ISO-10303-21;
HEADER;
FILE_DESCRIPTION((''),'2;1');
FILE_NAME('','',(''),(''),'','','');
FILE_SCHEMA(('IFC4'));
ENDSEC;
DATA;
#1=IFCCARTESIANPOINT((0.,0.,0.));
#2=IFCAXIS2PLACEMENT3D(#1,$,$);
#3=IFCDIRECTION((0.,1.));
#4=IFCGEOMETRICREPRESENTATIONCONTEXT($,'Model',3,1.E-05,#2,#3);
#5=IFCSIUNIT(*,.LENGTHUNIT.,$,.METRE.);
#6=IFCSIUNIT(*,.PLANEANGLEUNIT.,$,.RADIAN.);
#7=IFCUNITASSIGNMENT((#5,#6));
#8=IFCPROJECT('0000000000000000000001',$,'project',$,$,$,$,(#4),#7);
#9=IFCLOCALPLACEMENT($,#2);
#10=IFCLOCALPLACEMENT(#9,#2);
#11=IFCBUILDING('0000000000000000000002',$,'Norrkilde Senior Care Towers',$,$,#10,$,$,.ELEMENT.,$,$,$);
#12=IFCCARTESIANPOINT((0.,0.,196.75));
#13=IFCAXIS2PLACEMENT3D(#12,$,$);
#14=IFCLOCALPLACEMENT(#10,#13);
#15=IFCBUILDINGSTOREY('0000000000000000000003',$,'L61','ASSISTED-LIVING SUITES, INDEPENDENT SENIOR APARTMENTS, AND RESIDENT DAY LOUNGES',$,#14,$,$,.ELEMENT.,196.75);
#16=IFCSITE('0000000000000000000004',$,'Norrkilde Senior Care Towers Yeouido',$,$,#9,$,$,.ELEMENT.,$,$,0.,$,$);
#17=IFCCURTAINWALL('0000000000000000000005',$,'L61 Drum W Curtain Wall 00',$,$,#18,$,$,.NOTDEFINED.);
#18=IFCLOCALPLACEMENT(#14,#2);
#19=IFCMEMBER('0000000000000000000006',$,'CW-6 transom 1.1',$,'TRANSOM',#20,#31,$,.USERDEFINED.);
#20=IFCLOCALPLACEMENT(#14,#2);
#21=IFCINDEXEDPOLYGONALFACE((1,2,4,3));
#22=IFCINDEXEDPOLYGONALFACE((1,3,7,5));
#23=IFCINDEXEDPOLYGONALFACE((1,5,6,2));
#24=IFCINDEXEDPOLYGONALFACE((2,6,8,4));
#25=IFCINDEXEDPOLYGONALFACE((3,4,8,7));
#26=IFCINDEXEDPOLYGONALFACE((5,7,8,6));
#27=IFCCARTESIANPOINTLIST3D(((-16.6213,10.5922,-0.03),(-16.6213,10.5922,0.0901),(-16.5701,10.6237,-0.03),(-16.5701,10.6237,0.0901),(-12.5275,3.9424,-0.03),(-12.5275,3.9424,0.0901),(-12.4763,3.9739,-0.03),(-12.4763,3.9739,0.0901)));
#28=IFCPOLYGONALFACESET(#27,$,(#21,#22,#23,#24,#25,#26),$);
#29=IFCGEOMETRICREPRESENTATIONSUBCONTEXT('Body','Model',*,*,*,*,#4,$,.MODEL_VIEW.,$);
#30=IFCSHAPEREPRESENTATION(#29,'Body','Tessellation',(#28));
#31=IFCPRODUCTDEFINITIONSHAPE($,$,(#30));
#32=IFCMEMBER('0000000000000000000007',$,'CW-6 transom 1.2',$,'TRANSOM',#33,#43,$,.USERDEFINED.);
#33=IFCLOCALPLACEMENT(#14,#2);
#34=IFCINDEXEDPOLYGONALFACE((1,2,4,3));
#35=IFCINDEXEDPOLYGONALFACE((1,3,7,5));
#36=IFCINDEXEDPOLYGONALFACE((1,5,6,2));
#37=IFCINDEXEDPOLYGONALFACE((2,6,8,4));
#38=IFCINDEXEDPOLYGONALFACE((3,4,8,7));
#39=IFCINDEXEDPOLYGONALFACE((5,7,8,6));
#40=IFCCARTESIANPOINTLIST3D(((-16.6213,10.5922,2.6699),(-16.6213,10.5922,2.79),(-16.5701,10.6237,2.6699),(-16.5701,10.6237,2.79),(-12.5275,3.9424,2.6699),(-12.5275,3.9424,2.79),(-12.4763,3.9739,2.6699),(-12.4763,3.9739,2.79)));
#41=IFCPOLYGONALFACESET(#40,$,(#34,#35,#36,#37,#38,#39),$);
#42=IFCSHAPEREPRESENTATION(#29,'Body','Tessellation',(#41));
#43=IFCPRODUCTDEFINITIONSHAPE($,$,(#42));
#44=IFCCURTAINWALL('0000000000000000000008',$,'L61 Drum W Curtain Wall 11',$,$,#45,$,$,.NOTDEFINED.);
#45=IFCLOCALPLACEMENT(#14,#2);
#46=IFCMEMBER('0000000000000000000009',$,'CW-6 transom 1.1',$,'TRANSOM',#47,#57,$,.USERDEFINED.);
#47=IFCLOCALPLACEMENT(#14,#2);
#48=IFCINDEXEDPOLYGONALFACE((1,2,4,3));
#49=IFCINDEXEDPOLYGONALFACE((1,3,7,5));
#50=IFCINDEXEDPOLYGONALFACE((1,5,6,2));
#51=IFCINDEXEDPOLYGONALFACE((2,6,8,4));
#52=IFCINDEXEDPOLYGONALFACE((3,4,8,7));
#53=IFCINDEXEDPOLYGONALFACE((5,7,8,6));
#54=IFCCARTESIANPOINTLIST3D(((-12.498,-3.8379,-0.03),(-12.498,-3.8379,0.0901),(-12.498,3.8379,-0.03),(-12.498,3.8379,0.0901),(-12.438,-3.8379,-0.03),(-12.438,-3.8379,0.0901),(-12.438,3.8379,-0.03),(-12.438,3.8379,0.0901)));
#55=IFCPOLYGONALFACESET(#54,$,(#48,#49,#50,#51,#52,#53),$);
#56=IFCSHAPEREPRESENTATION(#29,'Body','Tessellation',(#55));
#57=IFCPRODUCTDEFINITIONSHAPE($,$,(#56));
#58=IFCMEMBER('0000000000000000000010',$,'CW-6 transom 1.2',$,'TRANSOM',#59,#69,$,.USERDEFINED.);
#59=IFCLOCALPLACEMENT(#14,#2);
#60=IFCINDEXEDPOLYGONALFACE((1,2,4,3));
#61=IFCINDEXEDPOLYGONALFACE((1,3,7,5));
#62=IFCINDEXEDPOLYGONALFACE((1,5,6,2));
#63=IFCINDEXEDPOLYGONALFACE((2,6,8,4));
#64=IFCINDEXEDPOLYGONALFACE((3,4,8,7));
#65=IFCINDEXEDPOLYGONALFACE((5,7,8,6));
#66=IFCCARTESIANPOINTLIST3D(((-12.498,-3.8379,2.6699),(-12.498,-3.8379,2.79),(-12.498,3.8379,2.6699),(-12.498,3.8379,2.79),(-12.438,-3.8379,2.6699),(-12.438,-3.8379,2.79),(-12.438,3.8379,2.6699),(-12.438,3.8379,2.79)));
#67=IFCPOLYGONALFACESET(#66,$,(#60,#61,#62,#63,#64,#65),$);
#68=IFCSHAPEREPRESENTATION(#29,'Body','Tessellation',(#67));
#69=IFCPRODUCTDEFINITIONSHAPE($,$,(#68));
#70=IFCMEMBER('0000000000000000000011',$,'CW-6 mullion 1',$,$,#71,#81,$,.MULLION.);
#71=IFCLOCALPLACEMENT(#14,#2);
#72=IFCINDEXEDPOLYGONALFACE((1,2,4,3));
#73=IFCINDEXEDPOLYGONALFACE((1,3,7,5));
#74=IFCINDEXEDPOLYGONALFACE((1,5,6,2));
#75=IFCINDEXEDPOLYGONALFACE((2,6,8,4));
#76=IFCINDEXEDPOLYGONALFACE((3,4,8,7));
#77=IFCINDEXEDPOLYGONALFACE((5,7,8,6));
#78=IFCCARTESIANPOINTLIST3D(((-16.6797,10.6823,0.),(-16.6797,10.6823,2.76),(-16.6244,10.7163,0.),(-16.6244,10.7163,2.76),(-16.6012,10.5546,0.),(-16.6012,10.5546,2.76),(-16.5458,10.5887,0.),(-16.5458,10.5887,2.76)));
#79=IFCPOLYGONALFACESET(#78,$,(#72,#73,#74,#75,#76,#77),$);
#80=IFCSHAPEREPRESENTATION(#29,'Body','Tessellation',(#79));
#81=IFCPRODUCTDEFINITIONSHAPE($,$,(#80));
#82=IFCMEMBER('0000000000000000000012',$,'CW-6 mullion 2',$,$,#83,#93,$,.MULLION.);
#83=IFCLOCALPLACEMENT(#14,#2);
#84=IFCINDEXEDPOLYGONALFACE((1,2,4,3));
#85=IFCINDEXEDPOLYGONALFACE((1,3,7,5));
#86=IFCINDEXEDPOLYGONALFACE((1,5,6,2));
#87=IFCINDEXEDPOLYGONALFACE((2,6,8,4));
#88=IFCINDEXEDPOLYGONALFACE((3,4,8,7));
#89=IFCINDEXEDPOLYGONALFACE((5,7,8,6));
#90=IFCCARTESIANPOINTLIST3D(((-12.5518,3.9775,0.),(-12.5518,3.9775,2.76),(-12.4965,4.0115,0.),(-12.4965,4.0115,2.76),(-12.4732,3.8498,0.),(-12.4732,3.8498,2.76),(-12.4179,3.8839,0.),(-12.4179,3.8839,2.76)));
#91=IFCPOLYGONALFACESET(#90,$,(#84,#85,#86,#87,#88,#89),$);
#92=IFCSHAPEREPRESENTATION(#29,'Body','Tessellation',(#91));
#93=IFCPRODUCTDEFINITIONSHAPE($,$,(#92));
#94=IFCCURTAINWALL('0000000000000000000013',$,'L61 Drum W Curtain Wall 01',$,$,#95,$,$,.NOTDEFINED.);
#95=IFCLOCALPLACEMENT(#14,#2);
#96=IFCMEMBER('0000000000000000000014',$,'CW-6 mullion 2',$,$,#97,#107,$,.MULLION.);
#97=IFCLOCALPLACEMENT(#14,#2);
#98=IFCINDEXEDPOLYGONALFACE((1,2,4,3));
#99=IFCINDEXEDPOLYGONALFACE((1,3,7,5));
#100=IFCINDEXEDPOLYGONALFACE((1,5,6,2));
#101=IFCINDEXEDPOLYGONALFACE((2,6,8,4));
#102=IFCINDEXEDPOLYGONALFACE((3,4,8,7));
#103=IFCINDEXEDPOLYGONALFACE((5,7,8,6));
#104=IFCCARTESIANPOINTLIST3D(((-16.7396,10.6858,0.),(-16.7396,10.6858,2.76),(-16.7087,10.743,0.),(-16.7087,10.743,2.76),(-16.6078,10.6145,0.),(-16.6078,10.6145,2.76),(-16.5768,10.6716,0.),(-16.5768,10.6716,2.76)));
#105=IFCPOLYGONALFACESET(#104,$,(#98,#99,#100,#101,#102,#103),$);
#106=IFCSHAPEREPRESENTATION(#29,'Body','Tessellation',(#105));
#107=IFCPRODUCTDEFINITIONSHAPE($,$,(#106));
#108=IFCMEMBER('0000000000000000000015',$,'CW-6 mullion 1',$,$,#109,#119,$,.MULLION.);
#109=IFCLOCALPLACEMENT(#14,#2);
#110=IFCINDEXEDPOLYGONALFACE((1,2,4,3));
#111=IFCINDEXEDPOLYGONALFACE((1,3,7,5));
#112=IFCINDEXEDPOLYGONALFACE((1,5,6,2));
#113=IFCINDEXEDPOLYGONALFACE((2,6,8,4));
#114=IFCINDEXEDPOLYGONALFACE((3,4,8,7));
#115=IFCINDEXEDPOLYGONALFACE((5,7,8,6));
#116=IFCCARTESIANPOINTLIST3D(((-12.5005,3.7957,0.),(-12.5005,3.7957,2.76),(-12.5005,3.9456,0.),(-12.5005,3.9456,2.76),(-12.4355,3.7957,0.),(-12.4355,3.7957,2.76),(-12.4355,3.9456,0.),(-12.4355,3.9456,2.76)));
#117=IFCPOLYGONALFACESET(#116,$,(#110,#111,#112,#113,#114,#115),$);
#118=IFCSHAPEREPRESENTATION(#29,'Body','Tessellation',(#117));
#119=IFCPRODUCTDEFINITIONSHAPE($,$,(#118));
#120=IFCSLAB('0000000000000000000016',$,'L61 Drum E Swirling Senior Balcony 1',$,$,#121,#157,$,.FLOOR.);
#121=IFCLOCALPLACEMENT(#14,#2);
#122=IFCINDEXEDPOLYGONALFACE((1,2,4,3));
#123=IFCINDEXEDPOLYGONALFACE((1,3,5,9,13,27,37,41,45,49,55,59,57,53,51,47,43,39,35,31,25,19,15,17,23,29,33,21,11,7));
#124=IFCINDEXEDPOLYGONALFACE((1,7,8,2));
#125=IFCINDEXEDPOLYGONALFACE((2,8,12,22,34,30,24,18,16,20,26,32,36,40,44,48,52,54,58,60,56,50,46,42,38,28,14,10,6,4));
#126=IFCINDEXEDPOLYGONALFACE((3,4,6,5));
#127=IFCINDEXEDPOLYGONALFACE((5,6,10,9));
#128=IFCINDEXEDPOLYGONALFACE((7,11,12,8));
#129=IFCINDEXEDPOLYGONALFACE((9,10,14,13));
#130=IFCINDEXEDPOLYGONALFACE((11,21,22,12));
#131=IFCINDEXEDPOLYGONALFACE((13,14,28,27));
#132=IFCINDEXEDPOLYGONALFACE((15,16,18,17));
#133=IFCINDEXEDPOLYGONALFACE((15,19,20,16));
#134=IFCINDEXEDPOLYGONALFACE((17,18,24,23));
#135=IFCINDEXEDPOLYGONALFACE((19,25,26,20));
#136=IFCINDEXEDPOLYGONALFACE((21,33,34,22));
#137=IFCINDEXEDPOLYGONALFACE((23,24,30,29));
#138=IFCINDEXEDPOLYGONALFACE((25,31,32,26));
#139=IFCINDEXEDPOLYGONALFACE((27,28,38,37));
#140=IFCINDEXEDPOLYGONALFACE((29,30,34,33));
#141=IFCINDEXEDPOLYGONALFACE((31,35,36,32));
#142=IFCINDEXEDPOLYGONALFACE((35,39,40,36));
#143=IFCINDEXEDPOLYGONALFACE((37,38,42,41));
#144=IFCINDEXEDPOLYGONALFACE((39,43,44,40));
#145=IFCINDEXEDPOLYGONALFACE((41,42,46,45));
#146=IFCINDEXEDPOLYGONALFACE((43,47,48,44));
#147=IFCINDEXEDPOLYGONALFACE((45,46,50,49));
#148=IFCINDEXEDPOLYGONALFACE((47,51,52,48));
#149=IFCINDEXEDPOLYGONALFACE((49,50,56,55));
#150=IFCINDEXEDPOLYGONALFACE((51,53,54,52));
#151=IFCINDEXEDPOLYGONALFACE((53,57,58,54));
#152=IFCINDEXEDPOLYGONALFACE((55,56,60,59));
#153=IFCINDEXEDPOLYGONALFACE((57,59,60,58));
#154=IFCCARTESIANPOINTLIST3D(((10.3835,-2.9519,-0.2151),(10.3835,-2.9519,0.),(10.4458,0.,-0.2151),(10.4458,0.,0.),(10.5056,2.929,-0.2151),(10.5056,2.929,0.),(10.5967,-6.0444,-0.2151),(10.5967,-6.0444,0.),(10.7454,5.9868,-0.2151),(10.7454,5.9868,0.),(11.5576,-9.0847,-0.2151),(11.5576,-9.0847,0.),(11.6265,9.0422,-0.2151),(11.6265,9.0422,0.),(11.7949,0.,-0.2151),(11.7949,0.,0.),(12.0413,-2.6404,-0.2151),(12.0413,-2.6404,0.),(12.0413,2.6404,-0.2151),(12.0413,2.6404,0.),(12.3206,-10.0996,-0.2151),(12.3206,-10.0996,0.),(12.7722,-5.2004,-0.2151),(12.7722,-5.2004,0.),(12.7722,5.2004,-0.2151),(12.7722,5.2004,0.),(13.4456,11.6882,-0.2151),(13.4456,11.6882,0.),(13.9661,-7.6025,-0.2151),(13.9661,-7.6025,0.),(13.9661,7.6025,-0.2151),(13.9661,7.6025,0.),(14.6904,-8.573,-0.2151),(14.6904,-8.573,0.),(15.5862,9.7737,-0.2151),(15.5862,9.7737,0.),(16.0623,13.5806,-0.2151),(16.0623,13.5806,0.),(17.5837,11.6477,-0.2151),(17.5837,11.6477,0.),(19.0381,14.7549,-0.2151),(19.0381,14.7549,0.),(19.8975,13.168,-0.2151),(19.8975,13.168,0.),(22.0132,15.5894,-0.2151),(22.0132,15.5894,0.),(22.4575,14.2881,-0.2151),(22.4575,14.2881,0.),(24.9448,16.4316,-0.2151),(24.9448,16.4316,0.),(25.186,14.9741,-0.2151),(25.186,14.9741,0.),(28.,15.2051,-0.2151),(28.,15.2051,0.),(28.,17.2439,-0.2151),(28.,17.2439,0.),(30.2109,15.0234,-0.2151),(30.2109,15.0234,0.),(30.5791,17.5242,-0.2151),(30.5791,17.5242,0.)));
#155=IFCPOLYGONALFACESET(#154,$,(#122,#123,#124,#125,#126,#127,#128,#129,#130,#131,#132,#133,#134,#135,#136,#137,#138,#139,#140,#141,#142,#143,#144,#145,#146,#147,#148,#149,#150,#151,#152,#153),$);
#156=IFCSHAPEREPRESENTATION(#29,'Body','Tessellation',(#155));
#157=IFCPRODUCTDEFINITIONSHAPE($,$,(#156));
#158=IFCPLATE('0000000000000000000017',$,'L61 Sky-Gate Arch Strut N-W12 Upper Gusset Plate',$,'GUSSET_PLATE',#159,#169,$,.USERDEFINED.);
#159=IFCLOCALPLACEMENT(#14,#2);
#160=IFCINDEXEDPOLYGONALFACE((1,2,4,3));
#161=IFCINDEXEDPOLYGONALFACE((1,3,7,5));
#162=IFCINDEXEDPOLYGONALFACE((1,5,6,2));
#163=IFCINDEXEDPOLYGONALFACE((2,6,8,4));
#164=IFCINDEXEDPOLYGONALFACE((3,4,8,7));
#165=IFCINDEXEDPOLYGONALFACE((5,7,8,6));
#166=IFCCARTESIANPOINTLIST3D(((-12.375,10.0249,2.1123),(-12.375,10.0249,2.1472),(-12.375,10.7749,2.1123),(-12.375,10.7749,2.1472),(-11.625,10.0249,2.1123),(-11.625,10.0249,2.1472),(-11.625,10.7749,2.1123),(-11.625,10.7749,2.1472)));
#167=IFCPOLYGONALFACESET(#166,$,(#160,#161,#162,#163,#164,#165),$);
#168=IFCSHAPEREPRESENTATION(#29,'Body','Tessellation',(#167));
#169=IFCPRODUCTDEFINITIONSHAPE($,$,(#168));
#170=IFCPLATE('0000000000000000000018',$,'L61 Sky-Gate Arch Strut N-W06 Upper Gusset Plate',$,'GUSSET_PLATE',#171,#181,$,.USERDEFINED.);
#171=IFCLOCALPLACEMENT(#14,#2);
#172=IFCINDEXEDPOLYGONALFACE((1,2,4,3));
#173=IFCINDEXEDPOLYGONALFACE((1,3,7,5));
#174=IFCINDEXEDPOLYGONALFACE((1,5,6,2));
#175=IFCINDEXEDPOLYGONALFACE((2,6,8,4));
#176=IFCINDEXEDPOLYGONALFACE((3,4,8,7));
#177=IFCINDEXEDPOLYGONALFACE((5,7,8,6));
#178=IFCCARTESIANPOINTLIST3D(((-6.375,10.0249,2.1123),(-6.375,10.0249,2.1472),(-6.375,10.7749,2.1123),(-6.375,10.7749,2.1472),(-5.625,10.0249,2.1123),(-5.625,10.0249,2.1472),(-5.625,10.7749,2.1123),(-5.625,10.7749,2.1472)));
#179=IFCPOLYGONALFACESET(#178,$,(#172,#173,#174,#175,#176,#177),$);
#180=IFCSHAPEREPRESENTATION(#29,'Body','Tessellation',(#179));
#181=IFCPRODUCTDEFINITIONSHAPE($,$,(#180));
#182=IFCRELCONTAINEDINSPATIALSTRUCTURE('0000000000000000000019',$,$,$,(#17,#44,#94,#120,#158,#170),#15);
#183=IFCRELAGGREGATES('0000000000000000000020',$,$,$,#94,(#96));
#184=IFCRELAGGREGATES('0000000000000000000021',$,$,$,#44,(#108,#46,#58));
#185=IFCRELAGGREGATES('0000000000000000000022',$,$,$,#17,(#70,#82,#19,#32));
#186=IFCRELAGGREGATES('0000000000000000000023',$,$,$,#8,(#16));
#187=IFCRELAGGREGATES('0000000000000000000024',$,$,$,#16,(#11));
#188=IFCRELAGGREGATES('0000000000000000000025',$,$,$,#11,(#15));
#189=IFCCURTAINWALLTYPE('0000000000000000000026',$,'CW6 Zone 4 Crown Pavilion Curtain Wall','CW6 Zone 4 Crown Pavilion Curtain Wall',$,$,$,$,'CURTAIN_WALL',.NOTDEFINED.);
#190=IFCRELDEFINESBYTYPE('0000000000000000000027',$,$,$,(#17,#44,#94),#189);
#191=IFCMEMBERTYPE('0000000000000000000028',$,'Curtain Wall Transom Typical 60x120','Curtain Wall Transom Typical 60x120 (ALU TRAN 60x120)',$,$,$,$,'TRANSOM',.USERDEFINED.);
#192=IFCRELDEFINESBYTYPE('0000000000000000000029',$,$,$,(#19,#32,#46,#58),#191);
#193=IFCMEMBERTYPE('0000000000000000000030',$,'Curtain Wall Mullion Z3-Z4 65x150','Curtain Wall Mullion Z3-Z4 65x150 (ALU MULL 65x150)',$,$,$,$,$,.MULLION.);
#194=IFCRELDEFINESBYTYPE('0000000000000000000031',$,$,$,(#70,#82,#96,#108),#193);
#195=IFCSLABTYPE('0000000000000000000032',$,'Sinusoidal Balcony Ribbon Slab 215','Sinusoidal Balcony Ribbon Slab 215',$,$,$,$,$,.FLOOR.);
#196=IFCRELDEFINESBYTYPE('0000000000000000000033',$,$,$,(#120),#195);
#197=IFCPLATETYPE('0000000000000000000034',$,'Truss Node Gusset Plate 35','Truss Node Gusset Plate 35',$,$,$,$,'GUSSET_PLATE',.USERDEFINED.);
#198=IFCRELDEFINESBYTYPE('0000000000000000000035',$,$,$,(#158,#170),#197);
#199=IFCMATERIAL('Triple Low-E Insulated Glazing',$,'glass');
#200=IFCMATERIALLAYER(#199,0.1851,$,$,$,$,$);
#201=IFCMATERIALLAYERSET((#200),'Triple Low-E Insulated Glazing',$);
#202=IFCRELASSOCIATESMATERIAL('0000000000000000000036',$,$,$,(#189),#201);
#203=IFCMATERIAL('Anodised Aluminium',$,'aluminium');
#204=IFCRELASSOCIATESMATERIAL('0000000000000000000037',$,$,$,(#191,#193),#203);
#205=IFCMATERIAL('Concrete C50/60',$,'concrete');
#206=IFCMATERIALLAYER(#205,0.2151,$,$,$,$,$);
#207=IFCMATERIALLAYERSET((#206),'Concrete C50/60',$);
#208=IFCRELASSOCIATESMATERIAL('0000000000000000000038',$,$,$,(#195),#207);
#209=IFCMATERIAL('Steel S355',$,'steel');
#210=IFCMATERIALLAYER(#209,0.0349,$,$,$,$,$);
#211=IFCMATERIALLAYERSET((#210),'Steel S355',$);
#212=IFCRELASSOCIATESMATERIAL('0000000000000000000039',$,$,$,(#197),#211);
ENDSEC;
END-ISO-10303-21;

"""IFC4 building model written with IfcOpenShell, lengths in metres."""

from ifc_helpers import new_model, si_unit, direction, frame, origin, origin_2d, place, context, subcontext, project, spatial, polyline, rectangle, outline, extrude, source, transform, mapped, material, layer, layer_set, material_profile, profile_set, type_object, type_shapes, element, aggregate, save


model = new_model("IFC4")

# Units and contexts
model_context = context("Model", 3, precision=1e-05, world=origin(), true_north=direction((0.0, 1.0)))
body_context = subcontext(model_context, "Body", "Model", "MODEL_VIEW")
ifc_project = project(units=[si_unit("LENGTHUNIT", "METRE"), si_unit("PLANEANGLEUNIT", "RADIAN")], contexts=[model_context])

# Site, building, storey
site_placement = place(None, origin())
site = spatial("IfcSite", under=ifc_project, at=site_placement, Name="Norrkilde Senior Care Towers Yeouido", CompositionType="ELEMENT", RefElevation=0.0)
building_placement = place(site_placement, origin())
building = spatial("IfcBuilding", under=site, at=building_placement, Name="Norrkilde Senior Care Towers", CompositionType="ELEMENT")
storey_placement = place(building_placement, frame((0.0, 0.0, 196.75)))
storey = spatial("IfcBuildingStorey", under=building, at=storey_placement, Name="L61", Description="ASSISTED-LIVING SUITES, INDEPENDENT SENIOR APARTMENTS, AND RESIDENT DAY LOUNGES", CompositionType="ELEMENT", Elevation=196.75)

# Shared definitions
ifc_material_1 = material(Name="Concrete C50/60", Category="concrete")

# Shared definitions
ifc_material_2 = material(Name="Steel S355", Category="steel")

# Curtain walls, members
ifc_material_3 = material(Name="Triple Low-E Insulated Glazing", Category="glass")
ifc_layer_1 = layer(ifc_material_3, 0.1851)
ifc_layer_set_1 = layer_set([ifc_layer_1], Name="Triple Low-E Insulated Glazing")
curtain_wall_type = type_object("IfcCurtainWallType", Name="CW6 Zone 4 Crown Pavilion Curtain Wall", Description="CW6 Zone 4 Crown Pavilion Curtain Wall", ElementType="CURTAIN_WALL", PredefinedType="NOTDEFINED", material=ifc_layer_set_1)
curtain_wall_1_placement = place(storey_placement, origin())
curtain_wall_1 = element("IfcCurtainWall", 1, at=curtain_wall_1_placement, inside=storey, type_object=curtain_wall_type, Name="L61 Drum W Curtain Wall 00", PredefinedType="NOTDEFINED")
ifc_material_4 = material(Name="Anodised Aluminium", Category="aluminium")
ifc_material_profile_1 = material_profile(ifc_material_4, rectangle(XDim=0.0601, YDim=0.1201, at=origin_2d()), Name="ALU TRAN 60x120")
ifc_profile_set_1 = profile_set([ifc_material_profile_1], Name="Anodised Aluminium")
member_type_1 = type_object("IfcMemberType", Name="Curtain Wall Transom Typical 60x120", Description="Curtain Wall Transom Typical 60x120 (ALU TRAN 60x120)", ElementType="TRANSOM", PredefinedType="USERDEFINED", material=ifc_profile_set_1)
shared_shape_1 = source(origin(), body_context, "Body", "SweptSolid", [
    extrude(rectangle(XDim=0.0601, YDim=0.1201, at=origin_2d()), origin(), (0.0, 0.0, 1.0), 7.8088),
])
member_1_placement = place(storey_placement, frame((-16.5957, 10.6079, 0.03), z_axis=(0.524251, -0.851564, 0.0), x_axis=(0.851564, 0.524251, 0.0)))
member_1 = element("IfcMember", 2, at=member_1_placement, type_object=member_type_1, Name="CW-6 transom 1.1", ObjectType="TRANSOM", PredefinedType="USERDEFINED", context=body_context, shape_type="MappedRepresentation", body=[
    mapped(shared_shape_1, transform((0.0, 0.0, 0.0), x_axis=(1.0, 0.0, 0.0), y_axis=(0.0, 1.0, 0.0), z_axis=(0.0, 0.0, 1.0), scale=1.0)),
])
member_2_placement = place(storey_placement, frame((-16.5957, 10.6079, 2.73), z_axis=(0.524251, -0.851564, 0.0), x_axis=(0.851564, 0.524251, 0.0)))
member_2 = element("IfcMember", 3, at=member_2_placement, type_object=member_type_1, Name="CW-6 transom 1.2", ObjectType="TRANSOM", PredefinedType="USERDEFINED", context=body_context, shape_type="MappedRepresentation", body=[
    mapped(shared_shape_1, transform((0.0, 0.0, 0.0), x_axis=(1.0, 0.0, 0.0), y_axis=(0.0, 1.0, 0.0), z_axis=(0.0, 0.0, 1.0), scale=1.0)),
])
curtain_wall_2_placement = place(storey_placement, origin())
curtain_wall_2 = element("IfcCurtainWall", 4, at=curtain_wall_2_placement, inside=storey, type_object=curtain_wall_type, Name="L61 Drum W Curtain Wall 11", PredefinedType="NOTDEFINED")
shared_shape_2 = source(origin(), body_context, "Body", "SweptSolid", [
    extrude(rectangle(XDim=0.0601, YDim=0.1201, at=origin_2d()), origin(), (0.0, 0.0, 1.0), 7.6758),
])
type_shapes(member_type_1, [shared_shape_1, shared_shape_2])
member_3_placement = place(storey_placement, frame((-12.468, 3.8379, 0.03), z_axis=(0.0, -1.0, 0.0), x_axis=(1.0, 0.0, 0.0)))
member_3 = element("IfcMember", 5, at=member_3_placement, type_object=member_type_1, Name="CW-6 transom 1.1", ObjectType="TRANSOM", PredefinedType="USERDEFINED", context=body_context, shape_type="MappedRepresentation", body=[
    mapped(shared_shape_2, transform((0.0, 0.0, 0.0), x_axis=(1.0, 0.0, 0.0), y_axis=(0.0, 1.0, 0.0), z_axis=(0.0, 0.0, 1.0), scale=1.0)),
])
member_4_placement = place(storey_placement, frame((-12.468, 3.8379, 2.73), z_axis=(0.0, -1.0, 0.0), x_axis=(1.0, 0.0, 0.0)))
member_4 = element("IfcMember", 6, at=member_4_placement, type_object=member_type_1, Name="CW-6 transom 1.2", ObjectType="TRANSOM", PredefinedType="USERDEFINED", context=body_context, shape_type="MappedRepresentation", body=[
    mapped(shared_shape_2, transform((0.0, 0.0, 0.0), x_axis=(1.0, 0.0, 0.0), y_axis=(0.0, 1.0, 0.0), z_axis=(0.0, 0.0, 1.0), scale=1.0)),
])

# Members
ifc_material_profile_2 = material_profile(ifc_material_4, rectangle(XDim=0.0649, YDim=0.1499, at=origin_2d()), Name="ALU MULL 65x150")
ifc_profile_set_2 = profile_set([ifc_material_profile_2], Name="Anodised Aluminium")
member_type_2 = type_object("IfcMemberType", Name="Curtain Wall Mullion Z3-Z4 65x150", Description="Curtain Wall Mullion Z3-Z4 65x150 (ALU MULL 65x150)", PredefinedType="MULLION", material=ifc_profile_set_2)
shared_shape_3 = source(origin(), body_context, "Body", "SweptSolid", [
    extrude(rectangle(XDim=0.0649, YDim=0.1499, at=origin_2d()), origin(), (0.0, 0.0, 1.0), 2.76),
])
type_shapes(member_type_2, [shared_shape_3])
member_5_placement = place(storey_placement, frame((-16.6128, 10.6355, 0.0), z_axis=(0.0, 0.0, 1.0), x_axis=(0.851563, 0.524253, 0.0)))
member_5 = element("IfcMember", 7, at=member_5_placement, type_object=member_type_2, Name="CW-6 mullion 1", PredefinedType="MULLION", context=body_context, shape_type="MappedRepresentation", body=[
    mapped(shared_shape_3, transform((0.0, 0.0, 0.0), x_axis=(1.0, 0.0, 0.0), y_axis=(0.0, 1.0, 0.0), z_axis=(0.0, 0.0, 1.0), scale=1.0)),
])
member_6_placement = place(storey_placement, frame((-12.4849, 3.9307, 0.0), z_axis=(0.0, 0.0, 1.0), x_axis=(0.851563, 0.524253, 0.0)))
member_6 = element("IfcMember", 8, at=member_6_placement, type_object=member_type_2, Name="CW-6 mullion 2", PredefinedType="MULLION", context=body_context, shape_type="MappedRepresentation", body=[
    mapped(shared_shape_3, transform((0.0, 0.0, 0.0), x_axis=(1.0, 0.0, 0.0), y_axis=(0.0, 1.0, 0.0), z_axis=(0.0, 0.0, 1.0), scale=1.0)),
])

# Curtain wall, member
curtain_wall_3_placement = place(storey_placement, origin())
curtain_wall_3 = element("IfcCurtainWall", 9, at=curtain_wall_3_placement, inside=storey, type_object=curtain_wall_type, Name="L61 Drum W Curtain Wall 01", PredefinedType="NOTDEFINED")
member_7_placement = place(storey_placement, frame((-16.6582, 10.6787, 0.0), z_axis=(0.0, 0.0, 1.0), x_axis=(0.476133, 0.879373, 0.0)))
member_7 = element("IfcMember", 10, at=member_7_placement, type_object=member_type_2, Name="CW-6 mullion 2", PredefinedType="MULLION", context=body_context, shape_type="MappedRepresentation", body=[
    mapped(shared_shape_3, transform((0.0, 0.0, 0.0), x_axis=(1.0, 0.0, 0.0), y_axis=(0.0, 1.0, 0.0), z_axis=(0.0, 0.0, 1.0), scale=1.0)),
])
aggregate(curtain_wall_3, [member_7])

# Member
member_8_placement = place(storey_placement, frame((-12.468, 3.8706, 0.0), z_axis=(0.0, 0.0, 1.0), x_axis=(1.0, 0.0, 0.0)))
member_8 = element("IfcMember", 11, at=member_8_placement, type_object=member_type_2, Name="CW-6 mullion 1", PredefinedType="MULLION", context=body_context, shape_type="MappedRepresentation", body=[
    mapped(shared_shape_3, transform((0.0, 0.0, 0.0), x_axis=(1.0, 0.0, 0.0), y_axis=(0.0, 1.0, 0.0), z_axis=(0.0, 0.0, 1.0), scale=1.0)),
])
aggregate(curtain_wall_2, [member_8, member_3, member_4])

# Slab
ifc_layer_2 = layer(ifc_material_1, 0.2151)
ifc_layer_set_2 = layer_set([ifc_layer_2], Name="Concrete C50/60")
slab_type = type_object("IfcSlabType", Name="Sinusoidal Balcony Ribbon Slab 215", Description="Sinusoidal Balcony Ribbon Slab 215", PredefinedType="FLOOR", material=ifc_layer_set_2)
slab_placement = place(storey_placement, frame((0.0, 0.0, -0.2151)))
element("IfcSlab", 12, at=slab_placement, inside=storey, type_object=slab_type, Name="L61 Drum E Swirling Senior Balcony 1", PredefinedType="FLOOR", context=body_context, shape_type="SweptSolid", body=[
    extrude(outline(polyline([(10.5967, -6.0444), (10.3835, -2.9519), (10.4458, 0.0), (10.5056, 2.929), (10.7454, 5.9868), (11.6265, 9.0422), (13.4456, 11.6882), (16.0623, 13.5806), (19.0381, 14.7549), (22.0132, 15.5894), (24.9448, 16.4316), (28.0, 17.2439), (30.5791, 17.5242), (30.2109, 15.0234), (28.0, 15.2051), (25.186, 14.9741), (22.4575, 14.2881), (19.8975, 13.168), (17.5837, 11.6477), (15.5862, 9.7737), (13.9661, 7.6025), (12.7722, 5.2004), (12.0413, 2.6404), (11.7949, 0.0), (12.0413, -2.6404), (12.7722, -5.2004), (13.9661, -7.6025), (14.6904, -8.573), (12.3206, -10.0996), (11.5576, -9.0847), (10.5967, -6.0444)])), origin(), (0.0, 0.0, 1.0), 0.2151),
])

# Plates
ifc_layer_3 = layer(ifc_material_2, 0.0349)
ifc_layer_set_3 = layer_set([ifc_layer_3], Name="Steel S355")
plate_type_1 = type_object("IfcPlateType", Name="Truss Node Gusset Plate 35", Description="Truss Node Gusset Plate 35", ElementType="GUSSET_PLATE", PredefinedType="USERDEFINED", material=ifc_layer_set_3)
shared_shape_4 = source(origin(), body_context, "Body", "SweptSolid", [
    extrude(rectangle(XDim=0.75, YDim=0.75, at=origin_2d()), origin(), (0.0, 0.0, 1.0), 0.0349),
])
type_shapes(plate_type_1, [shared_shape_4])
for number, where, z_axis, x_axis, name in (
    (13, (-12.0, 10.3999, 2.1123), (0.0, 0.0, 1.0), (1.0, 0.0, 0.0), "L61 Sky-Gate Arch Strut N-W12 Upper Gusset Plate"),
    (14, (-6.0, 10.3999, 2.1123), (0.0, 0.0, 1.0), (1.0, 0.0, 0.0), "L61 Sky-Gate Arch Strut N-W06 Upper Gusset Plate"),
):
    element("IfcPlate", number, at=place(storey_placement, frame(where, z_axis=z_axis, x_axis=x_axis)), inside=storey, type_object=plate_type_1, Name=name, ObjectType="GUSSET_PLATE", PredefinedType="USERDEFINED", context=body_context, shape_type="MappedRepresentation", body=[
        mapped(shared_shape_4, transform((0.0, 0.0, 0.0), x_axis=(1.0, 0.0, 0.0), y_axis=(0.0, 1.0, 0.0), z_axis=(0.0, 0.0, 1.0), scale=1.0)),
    ])

aggregate(curtain_wall_1, [member_5, member_6, member_1, member_2])

save(model, "model.ifc")
